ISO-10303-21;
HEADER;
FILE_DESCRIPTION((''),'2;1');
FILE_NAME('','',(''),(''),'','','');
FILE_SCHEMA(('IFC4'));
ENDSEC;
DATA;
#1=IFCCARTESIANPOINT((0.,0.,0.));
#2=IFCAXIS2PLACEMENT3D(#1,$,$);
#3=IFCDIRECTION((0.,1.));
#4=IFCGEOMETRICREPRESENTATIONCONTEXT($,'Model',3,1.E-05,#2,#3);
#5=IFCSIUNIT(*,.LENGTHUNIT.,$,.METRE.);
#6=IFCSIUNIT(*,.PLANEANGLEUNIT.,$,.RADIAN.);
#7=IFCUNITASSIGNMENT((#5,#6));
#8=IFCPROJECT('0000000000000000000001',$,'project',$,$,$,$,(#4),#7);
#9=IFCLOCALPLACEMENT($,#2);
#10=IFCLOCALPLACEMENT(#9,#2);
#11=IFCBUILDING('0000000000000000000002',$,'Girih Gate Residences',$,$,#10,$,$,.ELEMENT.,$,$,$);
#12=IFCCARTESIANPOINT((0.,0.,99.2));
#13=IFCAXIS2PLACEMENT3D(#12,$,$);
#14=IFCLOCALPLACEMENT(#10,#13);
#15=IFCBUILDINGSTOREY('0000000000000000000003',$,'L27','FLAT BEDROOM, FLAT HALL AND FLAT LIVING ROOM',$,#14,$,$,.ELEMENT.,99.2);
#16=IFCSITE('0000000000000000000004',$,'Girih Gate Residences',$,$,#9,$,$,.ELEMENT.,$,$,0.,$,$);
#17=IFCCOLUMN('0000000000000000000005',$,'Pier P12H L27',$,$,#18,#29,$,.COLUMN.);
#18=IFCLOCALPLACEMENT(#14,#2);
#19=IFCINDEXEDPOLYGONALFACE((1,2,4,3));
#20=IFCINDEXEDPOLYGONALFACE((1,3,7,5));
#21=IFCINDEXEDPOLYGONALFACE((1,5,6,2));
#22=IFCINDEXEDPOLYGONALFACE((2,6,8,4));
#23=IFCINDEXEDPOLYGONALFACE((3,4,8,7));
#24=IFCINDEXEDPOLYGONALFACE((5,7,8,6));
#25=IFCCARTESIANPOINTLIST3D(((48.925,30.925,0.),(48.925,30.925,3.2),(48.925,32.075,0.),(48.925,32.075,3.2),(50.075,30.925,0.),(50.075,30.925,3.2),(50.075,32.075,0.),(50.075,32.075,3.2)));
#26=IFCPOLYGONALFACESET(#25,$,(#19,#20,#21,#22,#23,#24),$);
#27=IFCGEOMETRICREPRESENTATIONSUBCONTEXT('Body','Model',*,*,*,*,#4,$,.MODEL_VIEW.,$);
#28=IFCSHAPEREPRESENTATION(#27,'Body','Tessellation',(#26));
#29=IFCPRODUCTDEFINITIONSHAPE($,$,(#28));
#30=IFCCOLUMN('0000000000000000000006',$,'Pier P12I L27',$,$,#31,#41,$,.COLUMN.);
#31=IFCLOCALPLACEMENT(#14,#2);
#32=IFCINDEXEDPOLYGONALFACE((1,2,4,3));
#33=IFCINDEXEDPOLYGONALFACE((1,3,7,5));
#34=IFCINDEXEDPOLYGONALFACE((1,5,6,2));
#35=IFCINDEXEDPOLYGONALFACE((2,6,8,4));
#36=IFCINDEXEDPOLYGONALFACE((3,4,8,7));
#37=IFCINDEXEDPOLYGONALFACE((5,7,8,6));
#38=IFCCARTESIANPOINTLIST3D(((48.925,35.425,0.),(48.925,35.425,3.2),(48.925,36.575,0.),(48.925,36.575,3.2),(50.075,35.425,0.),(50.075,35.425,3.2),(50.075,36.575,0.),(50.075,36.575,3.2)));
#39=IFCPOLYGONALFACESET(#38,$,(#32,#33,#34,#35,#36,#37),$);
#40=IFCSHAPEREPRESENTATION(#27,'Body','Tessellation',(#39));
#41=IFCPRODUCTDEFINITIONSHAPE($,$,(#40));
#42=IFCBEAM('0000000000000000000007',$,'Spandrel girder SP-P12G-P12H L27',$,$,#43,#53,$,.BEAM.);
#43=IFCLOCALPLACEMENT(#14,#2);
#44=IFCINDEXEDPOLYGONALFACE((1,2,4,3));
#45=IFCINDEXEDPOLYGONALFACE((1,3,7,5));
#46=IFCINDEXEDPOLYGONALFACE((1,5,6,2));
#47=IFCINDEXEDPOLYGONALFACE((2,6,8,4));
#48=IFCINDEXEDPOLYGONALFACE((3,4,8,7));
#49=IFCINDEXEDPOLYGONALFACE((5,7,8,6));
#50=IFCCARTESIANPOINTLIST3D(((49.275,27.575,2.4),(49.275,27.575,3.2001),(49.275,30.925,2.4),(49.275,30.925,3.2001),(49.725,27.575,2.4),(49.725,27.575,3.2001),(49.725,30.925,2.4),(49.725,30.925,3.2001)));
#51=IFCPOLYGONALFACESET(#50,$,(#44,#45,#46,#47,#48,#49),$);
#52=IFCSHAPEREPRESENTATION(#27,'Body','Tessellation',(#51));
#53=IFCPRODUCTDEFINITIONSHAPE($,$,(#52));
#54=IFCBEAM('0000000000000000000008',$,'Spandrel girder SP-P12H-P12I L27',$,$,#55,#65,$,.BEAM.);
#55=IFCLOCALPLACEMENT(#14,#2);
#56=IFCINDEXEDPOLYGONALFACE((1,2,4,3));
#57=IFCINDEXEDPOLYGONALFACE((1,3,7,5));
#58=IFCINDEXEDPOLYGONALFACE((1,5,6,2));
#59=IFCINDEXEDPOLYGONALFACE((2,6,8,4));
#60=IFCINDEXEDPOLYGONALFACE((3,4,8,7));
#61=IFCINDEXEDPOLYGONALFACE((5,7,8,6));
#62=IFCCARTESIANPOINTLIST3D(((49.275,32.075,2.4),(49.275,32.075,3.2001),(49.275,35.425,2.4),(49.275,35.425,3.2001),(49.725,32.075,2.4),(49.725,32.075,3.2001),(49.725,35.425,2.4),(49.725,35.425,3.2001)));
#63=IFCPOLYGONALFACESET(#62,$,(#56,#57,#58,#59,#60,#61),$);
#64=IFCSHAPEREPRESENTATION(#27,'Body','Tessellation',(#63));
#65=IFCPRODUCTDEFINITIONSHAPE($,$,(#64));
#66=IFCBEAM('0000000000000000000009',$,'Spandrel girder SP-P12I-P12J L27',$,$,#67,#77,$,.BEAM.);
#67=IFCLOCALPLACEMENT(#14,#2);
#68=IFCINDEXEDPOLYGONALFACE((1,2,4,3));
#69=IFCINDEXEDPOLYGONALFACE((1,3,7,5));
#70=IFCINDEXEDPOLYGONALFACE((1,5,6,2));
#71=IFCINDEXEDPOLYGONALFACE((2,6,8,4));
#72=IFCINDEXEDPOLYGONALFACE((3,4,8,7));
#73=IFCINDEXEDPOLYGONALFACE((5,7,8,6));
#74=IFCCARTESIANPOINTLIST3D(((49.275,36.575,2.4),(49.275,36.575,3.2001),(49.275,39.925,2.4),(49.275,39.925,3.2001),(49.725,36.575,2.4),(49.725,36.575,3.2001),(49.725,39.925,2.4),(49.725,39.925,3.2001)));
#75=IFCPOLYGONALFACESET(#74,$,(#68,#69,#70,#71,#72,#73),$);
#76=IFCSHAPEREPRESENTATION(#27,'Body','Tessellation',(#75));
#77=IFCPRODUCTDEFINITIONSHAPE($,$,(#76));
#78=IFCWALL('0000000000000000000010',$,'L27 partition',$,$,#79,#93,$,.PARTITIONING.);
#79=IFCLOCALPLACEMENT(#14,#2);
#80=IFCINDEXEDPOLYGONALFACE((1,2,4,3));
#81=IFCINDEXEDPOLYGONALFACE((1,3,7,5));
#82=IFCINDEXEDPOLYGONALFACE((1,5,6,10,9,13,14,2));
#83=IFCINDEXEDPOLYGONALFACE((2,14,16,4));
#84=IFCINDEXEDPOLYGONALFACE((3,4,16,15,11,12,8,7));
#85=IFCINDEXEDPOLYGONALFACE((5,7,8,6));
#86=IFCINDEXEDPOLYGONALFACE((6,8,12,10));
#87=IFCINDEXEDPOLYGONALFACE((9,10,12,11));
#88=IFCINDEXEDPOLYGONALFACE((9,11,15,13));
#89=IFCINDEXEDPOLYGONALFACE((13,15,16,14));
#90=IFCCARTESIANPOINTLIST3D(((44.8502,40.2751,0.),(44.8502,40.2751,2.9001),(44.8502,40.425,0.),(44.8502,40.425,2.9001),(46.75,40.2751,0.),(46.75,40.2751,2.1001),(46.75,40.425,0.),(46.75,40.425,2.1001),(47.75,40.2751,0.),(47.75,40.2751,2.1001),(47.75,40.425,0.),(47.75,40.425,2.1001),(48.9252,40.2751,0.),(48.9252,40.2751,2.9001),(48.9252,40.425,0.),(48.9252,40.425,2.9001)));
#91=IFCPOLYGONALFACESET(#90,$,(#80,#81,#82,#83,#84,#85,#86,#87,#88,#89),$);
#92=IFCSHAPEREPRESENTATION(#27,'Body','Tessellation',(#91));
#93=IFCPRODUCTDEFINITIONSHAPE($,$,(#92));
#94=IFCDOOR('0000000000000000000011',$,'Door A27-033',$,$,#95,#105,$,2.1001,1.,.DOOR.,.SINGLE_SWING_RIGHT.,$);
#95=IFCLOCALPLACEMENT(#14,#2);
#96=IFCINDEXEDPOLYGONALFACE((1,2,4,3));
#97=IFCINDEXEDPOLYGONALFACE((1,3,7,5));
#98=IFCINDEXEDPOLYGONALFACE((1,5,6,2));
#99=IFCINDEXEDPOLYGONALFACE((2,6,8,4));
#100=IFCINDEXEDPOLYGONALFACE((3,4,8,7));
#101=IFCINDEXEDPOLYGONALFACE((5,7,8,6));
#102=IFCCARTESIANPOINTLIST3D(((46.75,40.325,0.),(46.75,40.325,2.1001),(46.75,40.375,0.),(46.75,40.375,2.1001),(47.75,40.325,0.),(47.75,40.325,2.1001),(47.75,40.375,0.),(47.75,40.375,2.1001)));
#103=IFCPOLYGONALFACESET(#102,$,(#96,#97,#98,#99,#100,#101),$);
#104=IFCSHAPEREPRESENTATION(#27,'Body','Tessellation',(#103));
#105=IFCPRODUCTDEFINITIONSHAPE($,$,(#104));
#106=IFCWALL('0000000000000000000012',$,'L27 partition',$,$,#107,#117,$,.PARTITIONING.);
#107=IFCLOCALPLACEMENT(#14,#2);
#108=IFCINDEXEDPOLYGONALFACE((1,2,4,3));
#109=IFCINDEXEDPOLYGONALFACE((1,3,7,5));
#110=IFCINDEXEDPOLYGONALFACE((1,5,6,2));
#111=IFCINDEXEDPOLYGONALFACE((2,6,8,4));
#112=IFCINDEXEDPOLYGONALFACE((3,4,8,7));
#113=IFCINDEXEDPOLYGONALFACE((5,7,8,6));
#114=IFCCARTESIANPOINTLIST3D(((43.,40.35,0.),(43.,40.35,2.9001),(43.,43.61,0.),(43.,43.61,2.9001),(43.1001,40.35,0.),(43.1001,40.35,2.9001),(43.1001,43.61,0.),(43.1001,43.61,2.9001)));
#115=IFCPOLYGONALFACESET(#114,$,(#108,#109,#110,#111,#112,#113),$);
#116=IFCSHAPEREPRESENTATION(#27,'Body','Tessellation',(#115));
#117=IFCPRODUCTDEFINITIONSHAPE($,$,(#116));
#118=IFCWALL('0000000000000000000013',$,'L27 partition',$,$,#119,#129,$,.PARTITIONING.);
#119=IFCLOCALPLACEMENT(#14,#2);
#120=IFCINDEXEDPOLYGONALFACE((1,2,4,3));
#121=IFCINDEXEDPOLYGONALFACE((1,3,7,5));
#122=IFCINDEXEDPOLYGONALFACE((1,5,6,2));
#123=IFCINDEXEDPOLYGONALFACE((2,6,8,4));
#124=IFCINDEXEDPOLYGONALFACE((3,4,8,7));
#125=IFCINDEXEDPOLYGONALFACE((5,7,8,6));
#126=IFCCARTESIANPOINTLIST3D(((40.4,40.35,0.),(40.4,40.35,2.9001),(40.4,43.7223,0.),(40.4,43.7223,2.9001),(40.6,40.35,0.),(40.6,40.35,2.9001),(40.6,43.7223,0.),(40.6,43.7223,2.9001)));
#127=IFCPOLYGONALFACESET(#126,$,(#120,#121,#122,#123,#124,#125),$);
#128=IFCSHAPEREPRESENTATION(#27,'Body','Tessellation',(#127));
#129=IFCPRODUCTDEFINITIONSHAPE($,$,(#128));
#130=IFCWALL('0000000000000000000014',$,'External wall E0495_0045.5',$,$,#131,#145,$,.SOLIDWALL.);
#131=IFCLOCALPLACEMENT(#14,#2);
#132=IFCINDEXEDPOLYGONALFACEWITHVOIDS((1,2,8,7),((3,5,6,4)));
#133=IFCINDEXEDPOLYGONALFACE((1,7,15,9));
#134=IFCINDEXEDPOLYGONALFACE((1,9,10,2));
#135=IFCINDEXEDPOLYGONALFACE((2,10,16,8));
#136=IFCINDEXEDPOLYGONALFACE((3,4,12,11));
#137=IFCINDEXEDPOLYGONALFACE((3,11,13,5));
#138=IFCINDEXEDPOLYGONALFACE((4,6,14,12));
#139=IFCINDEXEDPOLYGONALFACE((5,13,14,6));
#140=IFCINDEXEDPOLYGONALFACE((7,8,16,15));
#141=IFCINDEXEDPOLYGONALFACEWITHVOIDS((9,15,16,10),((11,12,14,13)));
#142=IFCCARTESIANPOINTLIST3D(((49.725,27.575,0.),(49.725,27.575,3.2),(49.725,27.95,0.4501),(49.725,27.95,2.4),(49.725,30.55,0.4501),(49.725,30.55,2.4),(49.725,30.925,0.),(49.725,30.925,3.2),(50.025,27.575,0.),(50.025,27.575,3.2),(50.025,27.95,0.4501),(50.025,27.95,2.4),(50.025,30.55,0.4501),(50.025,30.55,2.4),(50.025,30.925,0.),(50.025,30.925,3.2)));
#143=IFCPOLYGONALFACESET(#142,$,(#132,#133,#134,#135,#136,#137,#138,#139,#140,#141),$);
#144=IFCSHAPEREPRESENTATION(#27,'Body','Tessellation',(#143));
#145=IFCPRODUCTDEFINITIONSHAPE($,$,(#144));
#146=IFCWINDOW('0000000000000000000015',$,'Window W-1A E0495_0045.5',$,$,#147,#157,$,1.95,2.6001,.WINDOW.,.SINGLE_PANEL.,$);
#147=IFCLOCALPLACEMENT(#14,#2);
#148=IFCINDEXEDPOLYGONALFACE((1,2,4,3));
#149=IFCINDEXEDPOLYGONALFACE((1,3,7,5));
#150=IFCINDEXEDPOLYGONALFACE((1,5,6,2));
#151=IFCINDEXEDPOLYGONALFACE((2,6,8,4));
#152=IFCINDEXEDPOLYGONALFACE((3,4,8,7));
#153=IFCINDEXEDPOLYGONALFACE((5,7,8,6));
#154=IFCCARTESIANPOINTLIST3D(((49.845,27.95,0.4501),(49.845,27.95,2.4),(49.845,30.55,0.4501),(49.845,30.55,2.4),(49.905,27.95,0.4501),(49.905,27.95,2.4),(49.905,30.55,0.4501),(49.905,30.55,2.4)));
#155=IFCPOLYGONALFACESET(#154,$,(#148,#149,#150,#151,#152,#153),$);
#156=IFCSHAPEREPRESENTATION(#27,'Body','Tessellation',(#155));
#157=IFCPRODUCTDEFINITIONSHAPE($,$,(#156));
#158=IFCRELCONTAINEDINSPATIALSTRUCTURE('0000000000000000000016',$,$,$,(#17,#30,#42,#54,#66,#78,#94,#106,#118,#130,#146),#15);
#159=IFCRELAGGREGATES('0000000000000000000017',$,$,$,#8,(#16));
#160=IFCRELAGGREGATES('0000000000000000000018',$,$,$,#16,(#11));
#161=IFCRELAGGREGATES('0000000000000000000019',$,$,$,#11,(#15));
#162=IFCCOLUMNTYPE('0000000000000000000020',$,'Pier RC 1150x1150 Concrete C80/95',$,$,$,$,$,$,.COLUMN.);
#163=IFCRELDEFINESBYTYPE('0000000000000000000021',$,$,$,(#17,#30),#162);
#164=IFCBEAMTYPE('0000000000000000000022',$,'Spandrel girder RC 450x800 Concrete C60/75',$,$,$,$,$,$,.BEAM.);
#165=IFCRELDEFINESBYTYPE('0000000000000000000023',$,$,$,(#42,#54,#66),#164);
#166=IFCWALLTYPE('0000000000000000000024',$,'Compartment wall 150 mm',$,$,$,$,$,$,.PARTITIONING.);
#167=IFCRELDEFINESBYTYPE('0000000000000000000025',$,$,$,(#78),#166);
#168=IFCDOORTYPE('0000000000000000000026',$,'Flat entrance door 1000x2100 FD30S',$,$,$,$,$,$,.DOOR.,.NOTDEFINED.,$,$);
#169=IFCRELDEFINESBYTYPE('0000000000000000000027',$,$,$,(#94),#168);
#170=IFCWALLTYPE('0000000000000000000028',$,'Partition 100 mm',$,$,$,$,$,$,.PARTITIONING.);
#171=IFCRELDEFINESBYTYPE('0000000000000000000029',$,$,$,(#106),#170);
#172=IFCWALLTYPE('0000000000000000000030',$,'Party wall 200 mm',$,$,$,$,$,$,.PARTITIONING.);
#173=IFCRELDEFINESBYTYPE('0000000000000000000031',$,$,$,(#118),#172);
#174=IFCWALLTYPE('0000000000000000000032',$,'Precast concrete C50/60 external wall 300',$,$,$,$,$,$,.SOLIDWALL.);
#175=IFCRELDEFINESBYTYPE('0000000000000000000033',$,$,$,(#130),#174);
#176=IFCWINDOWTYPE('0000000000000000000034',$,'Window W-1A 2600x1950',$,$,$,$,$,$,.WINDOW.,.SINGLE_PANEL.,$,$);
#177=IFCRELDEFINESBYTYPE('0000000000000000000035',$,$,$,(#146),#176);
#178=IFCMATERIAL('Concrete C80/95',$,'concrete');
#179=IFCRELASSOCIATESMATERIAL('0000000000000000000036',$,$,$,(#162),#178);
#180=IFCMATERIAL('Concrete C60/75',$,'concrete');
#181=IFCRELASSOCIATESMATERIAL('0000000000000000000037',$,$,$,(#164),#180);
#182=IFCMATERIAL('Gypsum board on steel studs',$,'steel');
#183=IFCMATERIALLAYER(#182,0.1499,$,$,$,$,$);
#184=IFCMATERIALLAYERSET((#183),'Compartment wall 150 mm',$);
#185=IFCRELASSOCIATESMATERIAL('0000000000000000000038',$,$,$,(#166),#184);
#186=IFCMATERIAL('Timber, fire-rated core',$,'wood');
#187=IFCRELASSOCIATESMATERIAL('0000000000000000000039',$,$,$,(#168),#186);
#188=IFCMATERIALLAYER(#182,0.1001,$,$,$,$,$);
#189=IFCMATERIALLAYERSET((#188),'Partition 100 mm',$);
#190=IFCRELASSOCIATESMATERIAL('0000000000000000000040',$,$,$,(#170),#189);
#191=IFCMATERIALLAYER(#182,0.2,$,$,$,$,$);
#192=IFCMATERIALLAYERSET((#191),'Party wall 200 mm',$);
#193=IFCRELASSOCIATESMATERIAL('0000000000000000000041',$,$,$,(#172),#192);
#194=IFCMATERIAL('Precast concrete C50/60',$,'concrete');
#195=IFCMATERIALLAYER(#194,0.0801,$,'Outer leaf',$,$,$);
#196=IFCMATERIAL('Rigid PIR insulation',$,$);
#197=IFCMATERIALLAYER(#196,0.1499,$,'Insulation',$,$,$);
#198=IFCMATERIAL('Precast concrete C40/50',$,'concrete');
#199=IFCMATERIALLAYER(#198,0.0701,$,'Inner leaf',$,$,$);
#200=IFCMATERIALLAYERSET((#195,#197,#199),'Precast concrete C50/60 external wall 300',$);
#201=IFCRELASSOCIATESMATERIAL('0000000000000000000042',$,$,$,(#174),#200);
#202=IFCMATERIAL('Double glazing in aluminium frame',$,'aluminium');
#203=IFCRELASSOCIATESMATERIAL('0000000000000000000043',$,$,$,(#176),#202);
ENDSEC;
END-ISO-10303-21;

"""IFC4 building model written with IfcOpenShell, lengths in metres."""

from ifc_helpers import new_model, si_unit, direction, frame, frame_2d, origin, origin_2d, place, context, subcontext, project, spatial, rectangle, extrude, material, layer, layer_set, material_profile, profile_set, type_object, element, fill, save


model = new_model("IFC4")

# Units and contexts
model_context = context("Model", 3, precision=1e-05, world=origin(), true_north=direction((0.0, 1.0)))
body_context = subcontext(model_context, "Body", "Model", "MODEL_VIEW")
ifc_project = project(units=[si_unit("LENGTHUNIT", "METRE"), si_unit("PLANEANGLEUNIT", "RADIAN")], contexts=[model_context])

# Site, building, storey
site_placement = place(None, origin())
site = spatial("IfcSite", under=ifc_project, at=site_placement, Name="Girih Gate Residences", CompositionType="ELEMENT", RefElevation=0.0)
building_placement = place(site_placement, origin())
building = spatial("IfcBuilding", under=site, at=building_placement, Name="Girih Gate Residences", CompositionType="ELEMENT")
storey_placement = place(building_placement, frame((0.0, 0.0, 99.2)))
storey = spatial("IfcBuildingStorey", under=building, at=storey_placement, Name="L27", Description="FLAT BEDROOM, FLAT HALL AND FLAT LIVING ROOM", CompositionType="ELEMENT", Elevation=99.2)

# Columns
ifc_material_1 = material(Name="Concrete C80/95", Category="concrete")
ifc_material_profile_1 = material_profile(ifc_material_1, rectangle(XDim=1.1499, YDim=1.1499, at=origin_2d()))
ifc_profile_set_1 = profile_set([ifc_material_profile_1], Name="Concrete C80/95")
column_type = type_object("IfcColumnType", Name="Pier RC 1150x1150 Concrete C80/95", PredefinedType="COLUMN", material=ifc_profile_set_1)
for number, where, z_axis, x_axis, name in (
    (1, (49.5, 31.5, 0.0), (0.0, 0.0, 1.0), (1.0, 0.0, 0.0), "Pier P12H L27"),
    (2, (49.5, 36.0, 0.0), (0.0, 0.0, 1.0), (1.0, 0.0, 0.0), "Pier P12I L27"),
):
    element("IfcColumn", number, at=place(storey_placement, frame(where, z_axis=z_axis, x_axis=x_axis)), inside=storey, type_object=column_type, Name=name, PredefinedType="COLUMN", context=body_context, shape_type="SweptSolid", body=[
        extrude(rectangle(XDim=1.1499, YDim=1.1499, at=origin_2d()), origin(), (0.0, 0.0, 1.0), 3.2),
    ])

# Beams
ifc_material_2 = material(Name="Concrete C60/75", Category="concrete")
ifc_material_profile_2 = material_profile(ifc_material_2, rectangle(XDim=0.45, YDim=0.8, at=origin_2d()))
ifc_profile_set_2 = profile_set([ifc_material_profile_2], Name="Concrete C60/75")
beam_type = type_object("IfcBeamType", Name="Spandrel girder RC 450x800 Concrete C60/75", PredefinedType="BEAM", material=ifc_profile_set_2)
for number, where, z_axis, x_axis, name in (
    (3, (49.5, 27.575, 2.8), (0.0, 1.0, 0.0), (-1.0, 0.0, 0.0), "Spandrel girder SP-P12G-P12H L27"),
    (4, (49.5, 32.075, 2.8), (0.0, 1.0, 0.0), (-1.0, 0.0, 0.0), "Spandrel girder SP-P12H-P12I L27"),
    (5, (49.5, 36.575, 2.8), (0.0, 1.0, 0.0), (-1.0, 0.0, 0.0), "Spandrel girder SP-P12I-P12J L27"),
):
    element("IfcBeam", number, at=place(storey_placement, frame(where, z_axis=z_axis, x_axis=x_axis)), inside=storey, type_object=beam_type, Name=name, PredefinedType="BEAM", context=body_context, shape_type="SweptSolid", body=[
        extrude(rectangle(XDim=0.45, YDim=0.8, at=origin_2d()), origin(), (0.0, 0.0, 1.0), 3.3501),
    ])

# Wall, opening, door
ifc_material_3 = material(Name="Gypsum board on steel studs", Category="steel")
ifc_layer_1 = layer(ifc_material_3, 0.1499)
ifc_layer_set_1 = layer_set([ifc_layer_1], Name="Compartment wall 150 mm")
wall_type_1 = type_object("IfcWallType", Name="Compartment wall 150 mm", PredefinedType="PARTITIONING", material=ifc_layer_set_1)
wall_1_placement = place(storey_placement, frame((44.8501, 40.3501, 0.0), z_axis=(0.0, 0.0, 1.0), x_axis=(1.0, 0.0, 0.0)))
wall_1 = element("IfcWall", 6, at=wall_1_placement, inside=storey, type_object=wall_type_1, Name="L27 partition", PredefinedType="PARTITIONING", context=body_context, shape_type="SweptSolid", body=[
    extrude(rectangle(XDim=4.075, YDim=0.1499, at=frame_2d((2.0376, 0.0))), origin(), (0.0, 0.0, 1.0), 2.9001),
])
opening_1_placement = place(wall_1_placement, frame((1.8999, 0.0, 0.0)))
opening_1 = element("IfcOpeningElement", 7, at=opening_1_placement, cuts=wall_1, PredefinedType="OPENING", context=body_context, shape_type="SweptSolid", body=[
    extrude(rectangle(XDim=1.0, YDim=2.1001, at=frame_2d((0.5, 1.05))), frame((0.0, 0.085, 0.0), z_axis=(0.0, -1.0, 0.0), x_axis=(1.0, 0.0, 0.0)), (0.0, 0.0, 1.0), 0.1699),
])
ifc_material_4 = material(Name="Timber, fire-rated core", Category="wood")
door_type_1 = type_object("IfcDoorType", Name="Flat entrance door 1000x2100 FD30S", OperationType="NOTDEFINED", PredefinedType="DOOR", material=ifc_material_4)
door_1_placement = place(opening_1_placement, origin())
door_1 = element("IfcDoor", 8, at=door_1_placement, inside=storey, type_object=door_type_1, Name="Door A27-033", OperationType="SINGLE_SWING_RIGHT", OverallHeight=2.1001, OverallWidth=1.0, PredefinedType="DOOR", context=body_context, shape_type="SweptSolid", body=[
    extrude(rectangle(XDim=1.0, YDim=2.1001, at=frame_2d((0.5, 1.05))), frame((0.0, 0.0249, 0.0), z_axis=(0.0, -1.0, 0.0), x_axis=(1.0, 0.0, 0.0)), (0.0, 0.0, 1.0), 0.05),
])
fill(opening_1, door_1)

# Walls
ifc_layer_2 = layer(ifc_material_3, 0.1001)
ifc_layer_set_2 = layer_set([ifc_layer_2], Name="Partition 100 mm")
wall_type_2 = type_object("IfcWallType", Name="Partition 100 mm", PredefinedType="PARTITIONING", material=ifc_layer_set_2)
wall_2_placement = place(storey_placement, frame((43.05, 40.3501, 0.0), z_axis=(0.0, 0.0, 1.0), x_axis=(0.0, 1.0, 0.0)))
element("IfcWall", 9, at=wall_2_placement, inside=storey, type_object=wall_type_2, Name="L27 partition", PredefinedType="PARTITIONING", context=body_context, shape_type="SweptSolid", body=[
    extrude(rectangle(XDim=3.26, YDim=0.1001, at=frame_2d((1.6299, 0.0))), origin(), (0.0, 0.0, 1.0), 2.9001),
])
ifc_layer_3 = layer(ifc_material_3, 0.2)
ifc_layer_set_3 = layer_set([ifc_layer_3], Name="Party wall 200 mm")
wall_type_3 = type_object("IfcWallType", Name="Party wall 200 mm", PredefinedType="PARTITIONING", material=ifc_layer_set_3)
wall_3_placement = place(storey_placement, frame((40.5, 40.3501, 0.0), z_axis=(0.0, 0.0, 1.0), x_axis=(0.0, 1.0, 0.0)))
element("IfcWall", 10, at=wall_3_placement, inside=storey, type_object=wall_type_3, Name="L27 partition", PredefinedType="PARTITIONING", context=body_context, shape_type="SweptSolid", body=[
    extrude(rectangle(XDim=3.3723, YDim=0.2, at=frame_2d((1.686, 0.0))), origin(), (0.0, 0.0, 1.0), 2.9001),
])

# Wall, opening, window
ifc_material_5 = material(Name="Precast concrete C50/60", Category="concrete")
ifc_layer_4 = layer(ifc_material_5, 0.0801, Name="Outer leaf")
ifc_material_6 = material(Name="Rigid PIR insulation")
ifc_layer_5 = layer(ifc_material_6, 0.1499, Name="Insulation")
ifc_material_7 = material(Name="Precast concrete C40/50", Category="concrete")
ifc_layer_6 = layer(ifc_material_7, 0.0701, Name="Inner leaf")
ifc_layer_set_4 = layer_set([ifc_layer_4, ifc_layer_5, ifc_layer_6], Name="Precast concrete C50/60 external wall 300")
wall_type_4 = type_object("IfcWallType", Name="Precast concrete C50/60 external wall 300", PredefinedType="SOLIDWALL", material=ifc_layer_set_4)
wall_4_placement = place(storey_placement, frame((49.875, 30.925, 0.0), z_axis=(0.0, 0.0, 1.0), x_axis=(0.0, -1.0, 0.0)))
wall_4 = element("IfcWall", 11, at=wall_4_placement, inside=storey, type_object=wall_type_4, Name="External wall E0495_0045.5", PredefinedType="SOLIDWALL", context=body_context, shape_type="SweptSolid", body=[
    extrude(rectangle(XDim=3.3501, YDim=0.3, at=frame_2d((1.675, 0.0))), origin(), (0.0, 0.0, 1.0), 3.2),
])
opening_2_placement = place(wall_4_placement, frame((0.375, 0.0, 0.45)))
opening_2 = element("IfcOpeningElement", 12, at=opening_2_placement, cuts=wall_4, PredefinedType="OPENING", context=body_context, shape_type="SweptSolid", body=[
    extrude(rectangle(XDim=2.6001, YDim=1.95, at=frame_2d((1.3, 0.9751))), frame((0.0, 0.1599, 0.0), z_axis=(0.0, -1.0, 0.0), x_axis=(1.0, 0.0, 0.0)), (0.0, 0.0, 1.0), 0.3201),
])
ifc_material_8 = material(Name="Double glazing in aluminium frame", Category="aluminium")
window_type = type_object("IfcWindowType", Name="Window W-1A 2600x1950", PartitioningType="SINGLE_PANEL", PredefinedType="WINDOW", material=ifc_material_8)
window_1_placement = place(opening_2_placement, origin())
window_1 = element("IfcWindow", 13, at=window_1_placement, inside=storey, type_object=window_type, Name="Window W-1A E0495_0045.5", OverallHeight=1.95, OverallWidth=2.6001, PartitioningType="SINGLE_PANEL", PredefinedType="WINDOW", context=body_context, shape_type="SweptSolid", body=[
    extrude(rectangle(XDim=2.6001, YDim=1.95, at=frame_2d((1.3, 0.9751))), frame((0.0, 0.03, 0.0), z_axis=(0.0, -1.0, 0.0), x_axis=(1.0, 0.0, 0.0)), (0.0, 0.0, 1.0), 0.0601),
])
fill(opening_2, window_1)

save(model, "model.ifc")
